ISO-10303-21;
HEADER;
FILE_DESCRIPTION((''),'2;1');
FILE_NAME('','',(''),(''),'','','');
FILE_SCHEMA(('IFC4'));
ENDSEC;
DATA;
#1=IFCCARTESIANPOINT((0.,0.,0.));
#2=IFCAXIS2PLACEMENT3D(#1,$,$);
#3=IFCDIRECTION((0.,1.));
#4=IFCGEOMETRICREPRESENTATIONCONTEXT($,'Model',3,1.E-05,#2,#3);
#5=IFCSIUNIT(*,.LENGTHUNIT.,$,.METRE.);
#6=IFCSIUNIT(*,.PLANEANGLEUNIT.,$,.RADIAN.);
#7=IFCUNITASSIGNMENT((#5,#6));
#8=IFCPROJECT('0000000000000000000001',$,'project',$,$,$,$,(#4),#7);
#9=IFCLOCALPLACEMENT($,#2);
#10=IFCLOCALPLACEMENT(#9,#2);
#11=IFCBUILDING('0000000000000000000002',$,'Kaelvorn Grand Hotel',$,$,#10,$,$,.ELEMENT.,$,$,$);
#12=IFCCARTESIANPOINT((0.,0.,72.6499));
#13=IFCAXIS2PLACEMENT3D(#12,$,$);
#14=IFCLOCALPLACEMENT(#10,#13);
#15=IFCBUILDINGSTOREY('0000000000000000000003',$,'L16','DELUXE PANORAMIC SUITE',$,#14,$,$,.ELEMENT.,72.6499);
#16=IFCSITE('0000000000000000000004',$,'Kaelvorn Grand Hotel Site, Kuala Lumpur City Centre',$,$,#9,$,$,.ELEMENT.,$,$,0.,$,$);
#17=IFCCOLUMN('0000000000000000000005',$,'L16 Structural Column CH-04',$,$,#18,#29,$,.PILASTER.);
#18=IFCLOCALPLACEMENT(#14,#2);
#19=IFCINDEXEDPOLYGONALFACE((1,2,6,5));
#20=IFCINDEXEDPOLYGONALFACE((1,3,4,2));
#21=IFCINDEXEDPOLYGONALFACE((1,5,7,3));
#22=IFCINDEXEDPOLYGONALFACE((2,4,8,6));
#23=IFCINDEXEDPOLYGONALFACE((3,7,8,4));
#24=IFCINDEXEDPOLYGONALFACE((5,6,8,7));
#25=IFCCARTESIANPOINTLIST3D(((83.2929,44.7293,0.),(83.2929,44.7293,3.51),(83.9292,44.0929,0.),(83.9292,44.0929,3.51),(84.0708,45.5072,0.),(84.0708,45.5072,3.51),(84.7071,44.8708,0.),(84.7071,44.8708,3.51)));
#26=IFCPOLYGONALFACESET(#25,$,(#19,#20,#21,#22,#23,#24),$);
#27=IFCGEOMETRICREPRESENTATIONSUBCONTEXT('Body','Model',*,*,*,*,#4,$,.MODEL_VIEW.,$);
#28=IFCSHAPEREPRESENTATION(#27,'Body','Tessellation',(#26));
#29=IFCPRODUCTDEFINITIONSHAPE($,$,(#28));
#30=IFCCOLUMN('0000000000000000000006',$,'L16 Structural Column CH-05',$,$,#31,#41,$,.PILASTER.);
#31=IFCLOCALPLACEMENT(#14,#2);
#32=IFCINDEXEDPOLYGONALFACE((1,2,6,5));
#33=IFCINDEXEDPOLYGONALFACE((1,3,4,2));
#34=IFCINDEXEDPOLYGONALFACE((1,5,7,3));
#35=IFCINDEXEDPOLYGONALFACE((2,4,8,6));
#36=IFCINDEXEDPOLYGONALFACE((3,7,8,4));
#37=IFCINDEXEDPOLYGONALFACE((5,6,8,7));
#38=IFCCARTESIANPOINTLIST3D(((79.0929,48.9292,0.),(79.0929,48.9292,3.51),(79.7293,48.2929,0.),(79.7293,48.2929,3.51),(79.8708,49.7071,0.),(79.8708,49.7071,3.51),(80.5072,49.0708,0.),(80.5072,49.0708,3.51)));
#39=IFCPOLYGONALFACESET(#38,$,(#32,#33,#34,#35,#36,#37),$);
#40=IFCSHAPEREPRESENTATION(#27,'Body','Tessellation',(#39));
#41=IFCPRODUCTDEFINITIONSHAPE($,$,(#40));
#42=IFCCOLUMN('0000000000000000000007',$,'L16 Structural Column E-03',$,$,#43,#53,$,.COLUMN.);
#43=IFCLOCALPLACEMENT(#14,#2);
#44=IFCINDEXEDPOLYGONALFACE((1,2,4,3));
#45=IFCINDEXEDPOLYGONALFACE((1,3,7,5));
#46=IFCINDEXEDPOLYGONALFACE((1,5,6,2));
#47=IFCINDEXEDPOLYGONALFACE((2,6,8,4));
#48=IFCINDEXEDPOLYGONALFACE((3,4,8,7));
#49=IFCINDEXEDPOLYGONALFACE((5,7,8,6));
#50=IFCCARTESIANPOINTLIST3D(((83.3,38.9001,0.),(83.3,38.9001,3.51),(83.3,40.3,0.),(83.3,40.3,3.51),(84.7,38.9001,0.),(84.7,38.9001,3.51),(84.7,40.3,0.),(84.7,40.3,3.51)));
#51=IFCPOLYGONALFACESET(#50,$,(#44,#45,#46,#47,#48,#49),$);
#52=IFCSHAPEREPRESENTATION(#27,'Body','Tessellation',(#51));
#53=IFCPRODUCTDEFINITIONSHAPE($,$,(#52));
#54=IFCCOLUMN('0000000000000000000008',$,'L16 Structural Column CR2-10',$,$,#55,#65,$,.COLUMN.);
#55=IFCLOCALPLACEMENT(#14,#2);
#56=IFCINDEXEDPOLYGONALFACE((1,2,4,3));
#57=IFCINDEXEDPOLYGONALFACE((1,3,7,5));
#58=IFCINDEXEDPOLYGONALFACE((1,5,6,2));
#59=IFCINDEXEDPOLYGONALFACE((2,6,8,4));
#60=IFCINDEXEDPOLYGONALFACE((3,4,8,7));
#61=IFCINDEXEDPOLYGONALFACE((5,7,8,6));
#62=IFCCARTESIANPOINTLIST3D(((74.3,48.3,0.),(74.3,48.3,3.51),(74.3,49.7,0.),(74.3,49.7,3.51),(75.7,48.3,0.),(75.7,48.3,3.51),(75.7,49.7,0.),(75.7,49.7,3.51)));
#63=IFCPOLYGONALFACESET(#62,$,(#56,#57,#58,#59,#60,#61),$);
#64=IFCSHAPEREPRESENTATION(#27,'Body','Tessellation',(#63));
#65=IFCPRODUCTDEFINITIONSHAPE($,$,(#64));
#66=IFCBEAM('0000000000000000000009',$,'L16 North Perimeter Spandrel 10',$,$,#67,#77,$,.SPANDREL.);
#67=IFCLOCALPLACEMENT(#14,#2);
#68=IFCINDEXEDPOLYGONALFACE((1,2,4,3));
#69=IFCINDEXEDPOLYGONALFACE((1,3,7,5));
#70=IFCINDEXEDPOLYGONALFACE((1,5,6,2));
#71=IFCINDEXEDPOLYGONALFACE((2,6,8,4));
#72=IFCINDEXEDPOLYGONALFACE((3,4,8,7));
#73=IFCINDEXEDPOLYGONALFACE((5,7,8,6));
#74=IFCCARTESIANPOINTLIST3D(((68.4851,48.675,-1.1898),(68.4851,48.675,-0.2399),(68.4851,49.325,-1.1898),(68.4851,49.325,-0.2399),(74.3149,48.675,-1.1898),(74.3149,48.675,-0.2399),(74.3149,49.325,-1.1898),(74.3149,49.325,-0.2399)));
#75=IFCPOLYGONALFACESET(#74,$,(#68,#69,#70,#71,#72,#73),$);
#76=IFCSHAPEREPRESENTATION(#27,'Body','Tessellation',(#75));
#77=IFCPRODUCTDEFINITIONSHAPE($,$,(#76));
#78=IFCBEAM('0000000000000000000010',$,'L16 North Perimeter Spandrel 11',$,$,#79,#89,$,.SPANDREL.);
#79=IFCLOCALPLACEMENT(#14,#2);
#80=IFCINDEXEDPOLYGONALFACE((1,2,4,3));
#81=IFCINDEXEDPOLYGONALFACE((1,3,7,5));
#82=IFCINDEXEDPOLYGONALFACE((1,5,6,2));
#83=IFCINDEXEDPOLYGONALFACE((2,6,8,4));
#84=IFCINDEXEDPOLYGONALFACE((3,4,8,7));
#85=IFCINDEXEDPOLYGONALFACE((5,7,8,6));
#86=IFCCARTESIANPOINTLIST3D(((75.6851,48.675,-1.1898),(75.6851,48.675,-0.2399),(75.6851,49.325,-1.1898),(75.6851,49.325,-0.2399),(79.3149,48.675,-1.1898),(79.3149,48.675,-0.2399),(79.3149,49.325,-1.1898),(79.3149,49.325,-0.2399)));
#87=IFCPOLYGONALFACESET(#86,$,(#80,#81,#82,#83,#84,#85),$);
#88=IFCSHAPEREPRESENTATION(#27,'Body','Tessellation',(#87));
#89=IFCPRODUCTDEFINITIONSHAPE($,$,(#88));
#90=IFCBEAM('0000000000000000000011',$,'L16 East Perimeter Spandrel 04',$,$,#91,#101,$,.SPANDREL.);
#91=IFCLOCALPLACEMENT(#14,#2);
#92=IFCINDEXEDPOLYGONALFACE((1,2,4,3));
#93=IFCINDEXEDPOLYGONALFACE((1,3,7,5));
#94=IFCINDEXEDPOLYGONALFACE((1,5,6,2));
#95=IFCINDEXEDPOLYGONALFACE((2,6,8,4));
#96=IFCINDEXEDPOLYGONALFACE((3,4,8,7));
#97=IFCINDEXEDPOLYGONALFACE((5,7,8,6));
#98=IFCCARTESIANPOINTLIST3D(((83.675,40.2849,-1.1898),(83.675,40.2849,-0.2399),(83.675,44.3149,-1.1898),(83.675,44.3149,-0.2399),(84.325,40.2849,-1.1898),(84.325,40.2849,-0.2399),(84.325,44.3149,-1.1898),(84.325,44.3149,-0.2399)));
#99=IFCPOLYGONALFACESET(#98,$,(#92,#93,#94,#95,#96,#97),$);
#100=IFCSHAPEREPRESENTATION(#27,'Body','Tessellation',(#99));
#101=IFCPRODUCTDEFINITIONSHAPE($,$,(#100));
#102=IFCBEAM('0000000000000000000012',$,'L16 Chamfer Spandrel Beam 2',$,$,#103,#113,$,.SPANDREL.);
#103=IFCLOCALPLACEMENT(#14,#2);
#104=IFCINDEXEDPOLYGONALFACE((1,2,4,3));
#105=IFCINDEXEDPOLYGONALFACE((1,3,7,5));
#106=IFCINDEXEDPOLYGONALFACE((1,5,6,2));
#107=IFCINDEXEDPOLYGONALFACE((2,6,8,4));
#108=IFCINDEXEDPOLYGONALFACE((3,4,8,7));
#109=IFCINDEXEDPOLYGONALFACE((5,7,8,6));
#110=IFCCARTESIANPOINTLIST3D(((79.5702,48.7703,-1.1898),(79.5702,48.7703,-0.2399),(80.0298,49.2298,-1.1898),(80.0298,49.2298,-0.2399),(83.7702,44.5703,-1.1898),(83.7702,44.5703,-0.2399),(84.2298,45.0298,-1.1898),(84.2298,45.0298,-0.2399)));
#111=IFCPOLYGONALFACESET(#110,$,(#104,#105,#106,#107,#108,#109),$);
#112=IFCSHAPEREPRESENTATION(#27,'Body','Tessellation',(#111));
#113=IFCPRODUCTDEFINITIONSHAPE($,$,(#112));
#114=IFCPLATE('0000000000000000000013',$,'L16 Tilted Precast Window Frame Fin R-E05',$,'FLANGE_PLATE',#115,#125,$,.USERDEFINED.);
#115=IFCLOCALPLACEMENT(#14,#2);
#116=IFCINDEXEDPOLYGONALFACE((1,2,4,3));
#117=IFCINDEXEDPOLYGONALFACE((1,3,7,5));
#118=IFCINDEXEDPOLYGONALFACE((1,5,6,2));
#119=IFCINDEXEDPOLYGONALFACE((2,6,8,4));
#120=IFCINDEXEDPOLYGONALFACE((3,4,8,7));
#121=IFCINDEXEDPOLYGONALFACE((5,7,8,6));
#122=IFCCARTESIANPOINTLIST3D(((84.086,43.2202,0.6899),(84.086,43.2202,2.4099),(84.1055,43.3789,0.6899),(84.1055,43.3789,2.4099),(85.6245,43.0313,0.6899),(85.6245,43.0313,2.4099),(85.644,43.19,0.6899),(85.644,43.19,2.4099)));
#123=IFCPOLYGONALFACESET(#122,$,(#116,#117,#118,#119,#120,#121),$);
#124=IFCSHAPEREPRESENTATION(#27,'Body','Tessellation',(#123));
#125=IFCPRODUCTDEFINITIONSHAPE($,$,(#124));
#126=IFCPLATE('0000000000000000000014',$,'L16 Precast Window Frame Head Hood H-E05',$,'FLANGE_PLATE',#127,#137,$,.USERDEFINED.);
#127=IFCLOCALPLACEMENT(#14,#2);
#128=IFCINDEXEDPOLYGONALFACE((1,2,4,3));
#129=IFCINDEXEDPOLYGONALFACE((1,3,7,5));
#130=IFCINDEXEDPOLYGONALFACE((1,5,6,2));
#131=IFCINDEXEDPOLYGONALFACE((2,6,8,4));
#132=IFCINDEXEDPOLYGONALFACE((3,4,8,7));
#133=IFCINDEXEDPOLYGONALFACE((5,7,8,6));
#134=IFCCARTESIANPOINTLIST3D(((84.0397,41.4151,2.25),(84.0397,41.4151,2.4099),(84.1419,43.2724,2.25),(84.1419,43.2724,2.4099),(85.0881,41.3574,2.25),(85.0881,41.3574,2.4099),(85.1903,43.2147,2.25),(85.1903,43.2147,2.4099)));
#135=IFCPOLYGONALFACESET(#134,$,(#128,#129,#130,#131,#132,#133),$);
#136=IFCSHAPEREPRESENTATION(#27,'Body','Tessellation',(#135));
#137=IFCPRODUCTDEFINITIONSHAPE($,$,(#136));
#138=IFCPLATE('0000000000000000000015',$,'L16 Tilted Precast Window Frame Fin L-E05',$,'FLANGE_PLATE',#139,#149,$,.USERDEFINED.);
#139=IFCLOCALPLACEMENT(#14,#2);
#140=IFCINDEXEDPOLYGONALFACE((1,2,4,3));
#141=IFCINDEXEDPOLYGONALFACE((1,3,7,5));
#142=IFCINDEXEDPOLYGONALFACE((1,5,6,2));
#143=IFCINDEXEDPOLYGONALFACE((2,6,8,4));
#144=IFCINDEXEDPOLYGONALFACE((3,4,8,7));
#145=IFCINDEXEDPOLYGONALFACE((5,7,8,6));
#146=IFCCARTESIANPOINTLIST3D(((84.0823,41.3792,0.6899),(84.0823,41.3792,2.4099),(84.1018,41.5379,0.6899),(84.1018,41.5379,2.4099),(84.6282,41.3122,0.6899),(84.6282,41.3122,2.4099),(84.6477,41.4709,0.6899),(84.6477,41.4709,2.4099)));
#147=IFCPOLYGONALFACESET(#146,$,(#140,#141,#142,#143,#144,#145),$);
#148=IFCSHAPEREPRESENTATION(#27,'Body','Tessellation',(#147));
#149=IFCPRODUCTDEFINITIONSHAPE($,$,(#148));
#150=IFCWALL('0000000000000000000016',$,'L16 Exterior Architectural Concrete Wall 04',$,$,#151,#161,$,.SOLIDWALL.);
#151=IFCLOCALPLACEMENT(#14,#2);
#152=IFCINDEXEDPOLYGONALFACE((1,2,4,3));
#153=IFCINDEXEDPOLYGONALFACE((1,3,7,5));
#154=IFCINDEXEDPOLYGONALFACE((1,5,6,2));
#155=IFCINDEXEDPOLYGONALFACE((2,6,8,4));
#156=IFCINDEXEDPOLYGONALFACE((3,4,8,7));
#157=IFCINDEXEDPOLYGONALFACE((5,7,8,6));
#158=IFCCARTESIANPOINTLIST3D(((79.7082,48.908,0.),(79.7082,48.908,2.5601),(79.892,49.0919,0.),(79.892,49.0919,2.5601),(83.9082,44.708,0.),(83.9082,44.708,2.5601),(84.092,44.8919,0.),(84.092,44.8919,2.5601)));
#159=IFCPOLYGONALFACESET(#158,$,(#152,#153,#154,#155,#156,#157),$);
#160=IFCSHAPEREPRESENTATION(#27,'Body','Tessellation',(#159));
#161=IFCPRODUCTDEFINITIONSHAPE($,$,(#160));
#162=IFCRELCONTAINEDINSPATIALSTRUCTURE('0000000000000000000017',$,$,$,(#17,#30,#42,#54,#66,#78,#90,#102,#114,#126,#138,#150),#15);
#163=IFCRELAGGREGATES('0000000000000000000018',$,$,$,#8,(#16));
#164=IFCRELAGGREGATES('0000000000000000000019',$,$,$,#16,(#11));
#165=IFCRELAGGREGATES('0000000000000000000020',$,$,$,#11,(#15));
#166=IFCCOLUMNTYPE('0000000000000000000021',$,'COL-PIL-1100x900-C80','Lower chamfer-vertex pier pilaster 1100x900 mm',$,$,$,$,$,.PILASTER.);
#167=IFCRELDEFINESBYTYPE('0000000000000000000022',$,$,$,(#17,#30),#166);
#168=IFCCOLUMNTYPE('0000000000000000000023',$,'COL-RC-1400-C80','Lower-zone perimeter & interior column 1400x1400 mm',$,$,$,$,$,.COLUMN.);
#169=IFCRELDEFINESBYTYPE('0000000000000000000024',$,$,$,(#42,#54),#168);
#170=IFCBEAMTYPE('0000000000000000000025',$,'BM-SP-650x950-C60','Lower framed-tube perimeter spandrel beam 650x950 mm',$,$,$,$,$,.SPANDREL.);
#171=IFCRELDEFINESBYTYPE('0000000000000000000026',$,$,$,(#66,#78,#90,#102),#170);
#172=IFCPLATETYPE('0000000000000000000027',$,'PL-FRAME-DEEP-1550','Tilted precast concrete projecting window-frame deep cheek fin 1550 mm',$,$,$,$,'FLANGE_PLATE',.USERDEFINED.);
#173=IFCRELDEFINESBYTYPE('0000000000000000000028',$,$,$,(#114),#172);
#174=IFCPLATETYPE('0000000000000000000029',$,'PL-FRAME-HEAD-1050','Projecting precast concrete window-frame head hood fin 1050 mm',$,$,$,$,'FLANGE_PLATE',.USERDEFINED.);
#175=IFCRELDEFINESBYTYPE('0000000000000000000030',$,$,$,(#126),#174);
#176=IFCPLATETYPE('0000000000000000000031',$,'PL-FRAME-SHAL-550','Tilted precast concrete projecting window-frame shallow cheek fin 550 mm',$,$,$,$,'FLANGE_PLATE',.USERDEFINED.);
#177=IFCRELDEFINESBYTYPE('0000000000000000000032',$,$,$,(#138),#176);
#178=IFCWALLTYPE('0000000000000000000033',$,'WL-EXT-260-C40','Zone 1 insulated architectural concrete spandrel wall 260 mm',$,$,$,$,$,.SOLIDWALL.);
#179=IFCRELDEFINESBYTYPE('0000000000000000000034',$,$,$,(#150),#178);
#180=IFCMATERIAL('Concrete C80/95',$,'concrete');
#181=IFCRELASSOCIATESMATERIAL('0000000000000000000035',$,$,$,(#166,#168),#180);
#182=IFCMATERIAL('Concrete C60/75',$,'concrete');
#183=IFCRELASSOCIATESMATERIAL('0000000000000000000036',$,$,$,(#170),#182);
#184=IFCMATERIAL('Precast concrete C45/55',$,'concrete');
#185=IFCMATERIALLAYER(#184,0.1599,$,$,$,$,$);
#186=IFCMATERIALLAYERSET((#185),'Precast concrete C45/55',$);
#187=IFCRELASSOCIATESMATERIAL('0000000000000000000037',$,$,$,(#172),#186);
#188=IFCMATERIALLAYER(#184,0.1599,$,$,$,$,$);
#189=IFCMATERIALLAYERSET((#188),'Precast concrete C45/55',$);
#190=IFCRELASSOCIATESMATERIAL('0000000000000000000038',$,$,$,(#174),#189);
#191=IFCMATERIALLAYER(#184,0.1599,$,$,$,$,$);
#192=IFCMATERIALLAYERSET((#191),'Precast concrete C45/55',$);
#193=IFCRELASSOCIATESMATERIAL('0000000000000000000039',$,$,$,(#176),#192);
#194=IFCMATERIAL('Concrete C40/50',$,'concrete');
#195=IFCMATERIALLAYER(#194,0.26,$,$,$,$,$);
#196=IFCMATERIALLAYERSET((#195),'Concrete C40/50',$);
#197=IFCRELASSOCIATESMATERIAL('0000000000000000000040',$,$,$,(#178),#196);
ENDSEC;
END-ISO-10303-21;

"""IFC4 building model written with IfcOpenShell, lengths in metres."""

from ifc_helpers import new_model, si_unit, direction, frame, frame_2d, origin, origin_2d, place, context, subcontext, project, spatial, rectangle, extrude, material, layer, layer_set, material_profile, profile_set, type_object, element, save


model = new_model("IFC4")

# Units and contexts
model_context = context("Model", 3, precision=1e-05, world=origin(), true_north=direction((0.0, 1.0)))
body_context = subcontext(model_context, "Body", "Model", "MODEL_VIEW")
ifc_project = project(units=[si_unit("LENGTHUNIT", "METRE"), si_unit("PLANEANGLEUNIT", "RADIAN")], contexts=[model_context])

# Site, building, storey
site_placement = place(None, origin())
site = spatial("IfcSite", under=ifc_project, at=site_placement, Name="Kaelvorn Grand Hotel Site, Kuala Lumpur City Centre", CompositionType="ELEMENT", RefElevation=0.0)
building_placement = place(site_placement, origin())
building = spatial("IfcBuilding", under=site, at=building_placement, Name="Kaelvorn Grand Hotel", CompositionType="ELEMENT")
storey_placement = place(building_placement, frame((0.0, 0.0, 72.6499)))
storey = spatial("IfcBuildingStorey", under=building, at=storey_placement, Name="L16", Description="DELUXE PANORAMIC SUITE", CompositionType="ELEMENT", Elevation=72.6499)

# Columns
ifc_material_1 = material(Name="Concrete C80/95", Category="concrete")
ifc_material_profile_1 = material_profile(ifc_material_1, rectangle(XDim=1.1001, YDim=0.8999, at=origin_2d()), Name="RC PILASTER 1100x900")
ifc_profile_set_1 = profile_set([ifc_material_profile_1], Name="Concrete C80/95")
column_type_1 = type_object("IfcColumnType", Name="COL-PIL-1100x900-C80", Description="Lower chamfer-vertex pier pilaster 1100x900 mm", PredefinedType="PILASTER", material=ifc_profile_set_1)
for number, where, z_axis, x_axis, name in (
    (1, (84.0, 44.8, 0.0), (0.0, 0.0, 1.0), (0.707107, 0.707107, 0.0), "L16 Structural Column CH-04"),
    (2, (79.8, 49.0, 0.0), (0.0, 0.0, 1.0), (0.707107, 0.707107, 0.0), "L16 Structural Column CH-05"),
):
    element("IfcColumn", number, at=place(storey_placement, frame(where, z_axis=z_axis, x_axis=x_axis)), inside=storey, type_object=column_type_1, Name=name, PredefinedType="PILASTER", context=body_context, shape_type="SweptSolid", body=[
        extrude(rectangle(XDim=1.1001, YDim=0.8999, at=origin_2d()), origin(), (0.0, 0.0, 1.0), 3.51),
    ])
ifc_material_profile_2 = material_profile(ifc_material_1, rectangle(XDim=1.3999, YDim=1.3999, at=origin_2d()), Name="RC COL 1400x1400")
ifc_profile_set_2 = profile_set([ifc_material_profile_2], Name="Concrete C80/95")
column_type_2 = type_object("IfcColumnType", Name="COL-RC-1400-C80", Description="Lower-zone perimeter & interior column 1400x1400 mm", PredefinedType="COLUMN", material=ifc_profile_set_2)
for number, where, z_axis, x_axis, name in (
    (3, (84.0, 39.6001, 0.0), (0.0, 0.0, 1.0), (1.0, 0.0, 0.0), "L16 Structural Column E-03"),
    (4, (75.0, 49.0, 0.0), (0.0, 0.0, 1.0), (1.0, 0.0, 0.0), "L16 Structural Column CR2-10"),
):
    element("IfcColumn", number, at=place(storey_placement, frame(where, z_axis=z_axis, x_axis=x_axis)), inside=storey, type_object=column_type_2, Name=name, PredefinedType="COLUMN", context=body_context, shape_type="SweptSolid", body=[
        extrude(rectangle(XDim=1.3999, YDim=1.3999, at=origin_2d()), origin(), (0.0, 0.0, 1.0), 3.51),
    ])

# Beams
ifc_material_2 = material(Name="Concrete C60/75", Category="concrete")
ifc_material_profile_3 = material_profile(ifc_material_2, rectangle(XDim=0.6499, YDim=0.95, at=origin_2d()), Name="RC SPANDREL 650x950")
ifc_profile_set_3 = profile_set([ifc_material_profile_3], Name="Concrete C60/75")
beam_type = type_object("IfcBeamType", Name="BM-SP-650x950-C60", Description="Lower framed-tube perimeter spandrel beam 650x950 mm", PredefinedType="SPANDREL", material=ifc_profile_set_3)
beam_1_placement = place(storey_placement, frame((68.4851, 49.0, -0.7148), z_axis=(1.0, 0.0, 0.0), x_axis=(0.0, 1.0, 0.0)))
element("IfcBeam", 5, at=beam_1_placement, inside=storey, type_object=beam_type, Name="L16 North Perimeter Spandrel 10", PredefinedType="SPANDREL", context=body_context, shape_type="SweptSolid", body=[
    extrude(rectangle(XDim=0.6499, YDim=0.95, at=origin_2d()), origin(), (0.0, 0.0, 1.0), 5.8298),
])
beam_2_placement = place(storey_placement, frame((75.6851, 49.0, -0.7148), z_axis=(1.0, 0.0, 0.0), x_axis=(0.0, 1.0, 0.0)))
element("IfcBeam", 6, at=beam_2_placement, inside=storey, type_object=beam_type, Name="L16 North Perimeter Spandrel 11", PredefinedType="SPANDREL", context=body_context, shape_type="SweptSolid", body=[
    extrude(rectangle(XDim=0.6499, YDim=0.95, at=origin_2d()), origin(), (0.0, 0.0, 1.0), 3.6299),
])
beam_3_placement = place(storey_placement, frame((84.0, 40.2849, -0.7148), z_axis=(0.0, 1.0, 0.0), x_axis=(-1.0, 0.0, 0.0)))
element("IfcBeam", 7, at=beam_3_placement, inside=storey, type_object=beam_type, Name="L16 East Perimeter Spandrel 04", PredefinedType="SPANDREL", context=body_context, shape_type="SweptSolid", body=[
    extrude(rectangle(XDim=0.6499, YDim=0.95, at=origin_2d()), origin(), (0.0, 0.0, 1.0), 4.03),
])
beam_4_placement = place(storey_placement, frame((84.0, 44.8, -0.7148), z_axis=(-0.707107, 0.707107, 0.0), x_axis=(-0.707107, -0.707107, 0.0)))
element("IfcBeam", 8, at=beam_4_placement, inside=storey, type_object=beam_type, Name="L16 Chamfer Spandrel Beam 2", PredefinedType="SPANDREL", context=body_context, shape_type="SweptSolid", body=[
    extrude(rectangle(XDim=0.6499, YDim=0.95, at=origin_2d()), origin(), (0.0, 0.0, 1.0), 5.9397),
])

# Plates
ifc_material_3 = material(Name="Precast concrete C45/55", Category="concrete")
ifc_layer_1 = layer(ifc_material_3, 0.1599)
ifc_layer_set_1 = layer_set([ifc_layer_1], Name="Precast concrete C45/55")
plate_type_1 = type_object("IfcPlateType", Name="PL-FRAME-DEEP-1550", Description="Tilted precast concrete projecting window-frame deep cheek fin 1550 mm", ElementType="FLANGE_PLATE", PredefinedType="USERDEFINED", material=ifc_layer_set_1)
plate_1_placement = place(storey_placement, frame((84.865, 43.2051, 0.6899), z_axis=(0.0, 0.0, 1.0), x_axis=(0.121869, 0.992546, 0.0)))
element("IfcPlate", 9, at=plate_1_placement, inside=storey, type_object=plate_type_1, Name="L16 Tilted Precast Window Frame Fin R-E05", ObjectType="FLANGE_PLATE", PredefinedType="USERDEFINED", context=body_context, shape_type="SweptSolid", body=[
    extrude(rectangle(XDim=0.1599, YDim=1.55, at=origin_2d()), origin(), (0.0, 0.0, 1.0), 1.72),
])
ifc_layer_2 = layer(ifc_material_3, 0.1599)
ifc_layer_set_2 = layer_set([ifc_layer_2], Name="Precast concrete C45/55")
plate_type_2 = type_object("IfcPlateType", Name="PL-FRAME-HEAD-1050", Description="Projecting precast concrete window-frame head hood fin 1050 mm", ElementType="FLANGE_PLATE", PredefinedType="USERDEFINED", material=ifc_layer_set_2)
plate_2_placement = place(storey_placement, frame((84.615, 42.3149, 2.25), z_axis=(0.0, 0.0, 1.0), x_axis=(0.05495, 0.998489, 0.0)))
element("IfcPlate", 10, at=plate_2_placement, inside=storey, type_object=plate_type_2, Name="L16 Precast Window Frame Head Hood H-E05", ObjectType="FLANGE_PLATE", PredefinedType="USERDEFINED", context=body_context, shape_type="SweptSolid", body=[
    extrude(rectangle(XDim=1.8601, YDim=1.05, at=origin_2d()), origin(), (0.0, 0.0, 1.0), 0.1599),
])
ifc_layer_3 = layer(ifc_material_3, 0.1599)
ifc_layer_set_3 = layer_set([ifc_layer_3], Name="Precast concrete C45/55")
plate_type_3 = type_object("IfcPlateType", Name="PL-FRAME-SHAL-550", Description="Tilted precast concrete projecting window-frame shallow cheek fin 550 mm", ElementType="FLANGE_PLATE", PredefinedType="USERDEFINED", material=ifc_layer_set_3)
plate_3_placement = place(storey_placement, frame((84.365, 41.425, 0.6899), z_axis=(0.0, 0.0, 1.0), x_axis=(0.121869, 0.992546, 0.0)))
element("IfcPlate", 11, at=plate_3_placement, inside=storey, type_object=plate_type_3, Name="L16 Tilted Precast Window Frame Fin L-E05", ObjectType="FLANGE_PLATE", PredefinedType="USERDEFINED", context=body_context, shape_type="SweptSolid", body=[
    extrude(rectangle(XDim=0.1599, YDim=0.55, at=origin_2d()), origin(), (0.0, 0.0, 1.0), 1.72),
])

# Wall
ifc_material_4 = material(Name="Concrete C40/50", Category="concrete")
ifc_layer_4 = layer(ifc_material_4, 0.26)
ifc_layer_set_4 = layer_set([ifc_layer_4], Name="Concrete C40/50")
wall_type = type_object("IfcWallType", Name="WL-EXT-260-C40", Description="Zone 1 insulated architectural concrete spandrel wall 260 mm", PredefinedType="SOLIDWALL", material=ifc_layer_set_4)
wall_1_placement = place(storey_placement, frame((84.0, 44.8, 0.0), z_axis=(0.0, 0.0, 1.0), x_axis=(-0.707107, 0.707107, 0.0)))
element("IfcWall", 12, at=wall_1_placement, inside=storey, type_object=wall_type, Name="L16 Exterior Architectural Concrete Wall 04", PredefinedType="SOLIDWALL", context=body_context, shape_type="SweptSolid", body=[
    extrude(rectangle(XDim=5.9397, YDim=0.26, at=frame_2d((2.9697, 0.0))), origin(), (0.0, 0.0, 1.0), 2.5601),
])

save(model, "model.ifc")
